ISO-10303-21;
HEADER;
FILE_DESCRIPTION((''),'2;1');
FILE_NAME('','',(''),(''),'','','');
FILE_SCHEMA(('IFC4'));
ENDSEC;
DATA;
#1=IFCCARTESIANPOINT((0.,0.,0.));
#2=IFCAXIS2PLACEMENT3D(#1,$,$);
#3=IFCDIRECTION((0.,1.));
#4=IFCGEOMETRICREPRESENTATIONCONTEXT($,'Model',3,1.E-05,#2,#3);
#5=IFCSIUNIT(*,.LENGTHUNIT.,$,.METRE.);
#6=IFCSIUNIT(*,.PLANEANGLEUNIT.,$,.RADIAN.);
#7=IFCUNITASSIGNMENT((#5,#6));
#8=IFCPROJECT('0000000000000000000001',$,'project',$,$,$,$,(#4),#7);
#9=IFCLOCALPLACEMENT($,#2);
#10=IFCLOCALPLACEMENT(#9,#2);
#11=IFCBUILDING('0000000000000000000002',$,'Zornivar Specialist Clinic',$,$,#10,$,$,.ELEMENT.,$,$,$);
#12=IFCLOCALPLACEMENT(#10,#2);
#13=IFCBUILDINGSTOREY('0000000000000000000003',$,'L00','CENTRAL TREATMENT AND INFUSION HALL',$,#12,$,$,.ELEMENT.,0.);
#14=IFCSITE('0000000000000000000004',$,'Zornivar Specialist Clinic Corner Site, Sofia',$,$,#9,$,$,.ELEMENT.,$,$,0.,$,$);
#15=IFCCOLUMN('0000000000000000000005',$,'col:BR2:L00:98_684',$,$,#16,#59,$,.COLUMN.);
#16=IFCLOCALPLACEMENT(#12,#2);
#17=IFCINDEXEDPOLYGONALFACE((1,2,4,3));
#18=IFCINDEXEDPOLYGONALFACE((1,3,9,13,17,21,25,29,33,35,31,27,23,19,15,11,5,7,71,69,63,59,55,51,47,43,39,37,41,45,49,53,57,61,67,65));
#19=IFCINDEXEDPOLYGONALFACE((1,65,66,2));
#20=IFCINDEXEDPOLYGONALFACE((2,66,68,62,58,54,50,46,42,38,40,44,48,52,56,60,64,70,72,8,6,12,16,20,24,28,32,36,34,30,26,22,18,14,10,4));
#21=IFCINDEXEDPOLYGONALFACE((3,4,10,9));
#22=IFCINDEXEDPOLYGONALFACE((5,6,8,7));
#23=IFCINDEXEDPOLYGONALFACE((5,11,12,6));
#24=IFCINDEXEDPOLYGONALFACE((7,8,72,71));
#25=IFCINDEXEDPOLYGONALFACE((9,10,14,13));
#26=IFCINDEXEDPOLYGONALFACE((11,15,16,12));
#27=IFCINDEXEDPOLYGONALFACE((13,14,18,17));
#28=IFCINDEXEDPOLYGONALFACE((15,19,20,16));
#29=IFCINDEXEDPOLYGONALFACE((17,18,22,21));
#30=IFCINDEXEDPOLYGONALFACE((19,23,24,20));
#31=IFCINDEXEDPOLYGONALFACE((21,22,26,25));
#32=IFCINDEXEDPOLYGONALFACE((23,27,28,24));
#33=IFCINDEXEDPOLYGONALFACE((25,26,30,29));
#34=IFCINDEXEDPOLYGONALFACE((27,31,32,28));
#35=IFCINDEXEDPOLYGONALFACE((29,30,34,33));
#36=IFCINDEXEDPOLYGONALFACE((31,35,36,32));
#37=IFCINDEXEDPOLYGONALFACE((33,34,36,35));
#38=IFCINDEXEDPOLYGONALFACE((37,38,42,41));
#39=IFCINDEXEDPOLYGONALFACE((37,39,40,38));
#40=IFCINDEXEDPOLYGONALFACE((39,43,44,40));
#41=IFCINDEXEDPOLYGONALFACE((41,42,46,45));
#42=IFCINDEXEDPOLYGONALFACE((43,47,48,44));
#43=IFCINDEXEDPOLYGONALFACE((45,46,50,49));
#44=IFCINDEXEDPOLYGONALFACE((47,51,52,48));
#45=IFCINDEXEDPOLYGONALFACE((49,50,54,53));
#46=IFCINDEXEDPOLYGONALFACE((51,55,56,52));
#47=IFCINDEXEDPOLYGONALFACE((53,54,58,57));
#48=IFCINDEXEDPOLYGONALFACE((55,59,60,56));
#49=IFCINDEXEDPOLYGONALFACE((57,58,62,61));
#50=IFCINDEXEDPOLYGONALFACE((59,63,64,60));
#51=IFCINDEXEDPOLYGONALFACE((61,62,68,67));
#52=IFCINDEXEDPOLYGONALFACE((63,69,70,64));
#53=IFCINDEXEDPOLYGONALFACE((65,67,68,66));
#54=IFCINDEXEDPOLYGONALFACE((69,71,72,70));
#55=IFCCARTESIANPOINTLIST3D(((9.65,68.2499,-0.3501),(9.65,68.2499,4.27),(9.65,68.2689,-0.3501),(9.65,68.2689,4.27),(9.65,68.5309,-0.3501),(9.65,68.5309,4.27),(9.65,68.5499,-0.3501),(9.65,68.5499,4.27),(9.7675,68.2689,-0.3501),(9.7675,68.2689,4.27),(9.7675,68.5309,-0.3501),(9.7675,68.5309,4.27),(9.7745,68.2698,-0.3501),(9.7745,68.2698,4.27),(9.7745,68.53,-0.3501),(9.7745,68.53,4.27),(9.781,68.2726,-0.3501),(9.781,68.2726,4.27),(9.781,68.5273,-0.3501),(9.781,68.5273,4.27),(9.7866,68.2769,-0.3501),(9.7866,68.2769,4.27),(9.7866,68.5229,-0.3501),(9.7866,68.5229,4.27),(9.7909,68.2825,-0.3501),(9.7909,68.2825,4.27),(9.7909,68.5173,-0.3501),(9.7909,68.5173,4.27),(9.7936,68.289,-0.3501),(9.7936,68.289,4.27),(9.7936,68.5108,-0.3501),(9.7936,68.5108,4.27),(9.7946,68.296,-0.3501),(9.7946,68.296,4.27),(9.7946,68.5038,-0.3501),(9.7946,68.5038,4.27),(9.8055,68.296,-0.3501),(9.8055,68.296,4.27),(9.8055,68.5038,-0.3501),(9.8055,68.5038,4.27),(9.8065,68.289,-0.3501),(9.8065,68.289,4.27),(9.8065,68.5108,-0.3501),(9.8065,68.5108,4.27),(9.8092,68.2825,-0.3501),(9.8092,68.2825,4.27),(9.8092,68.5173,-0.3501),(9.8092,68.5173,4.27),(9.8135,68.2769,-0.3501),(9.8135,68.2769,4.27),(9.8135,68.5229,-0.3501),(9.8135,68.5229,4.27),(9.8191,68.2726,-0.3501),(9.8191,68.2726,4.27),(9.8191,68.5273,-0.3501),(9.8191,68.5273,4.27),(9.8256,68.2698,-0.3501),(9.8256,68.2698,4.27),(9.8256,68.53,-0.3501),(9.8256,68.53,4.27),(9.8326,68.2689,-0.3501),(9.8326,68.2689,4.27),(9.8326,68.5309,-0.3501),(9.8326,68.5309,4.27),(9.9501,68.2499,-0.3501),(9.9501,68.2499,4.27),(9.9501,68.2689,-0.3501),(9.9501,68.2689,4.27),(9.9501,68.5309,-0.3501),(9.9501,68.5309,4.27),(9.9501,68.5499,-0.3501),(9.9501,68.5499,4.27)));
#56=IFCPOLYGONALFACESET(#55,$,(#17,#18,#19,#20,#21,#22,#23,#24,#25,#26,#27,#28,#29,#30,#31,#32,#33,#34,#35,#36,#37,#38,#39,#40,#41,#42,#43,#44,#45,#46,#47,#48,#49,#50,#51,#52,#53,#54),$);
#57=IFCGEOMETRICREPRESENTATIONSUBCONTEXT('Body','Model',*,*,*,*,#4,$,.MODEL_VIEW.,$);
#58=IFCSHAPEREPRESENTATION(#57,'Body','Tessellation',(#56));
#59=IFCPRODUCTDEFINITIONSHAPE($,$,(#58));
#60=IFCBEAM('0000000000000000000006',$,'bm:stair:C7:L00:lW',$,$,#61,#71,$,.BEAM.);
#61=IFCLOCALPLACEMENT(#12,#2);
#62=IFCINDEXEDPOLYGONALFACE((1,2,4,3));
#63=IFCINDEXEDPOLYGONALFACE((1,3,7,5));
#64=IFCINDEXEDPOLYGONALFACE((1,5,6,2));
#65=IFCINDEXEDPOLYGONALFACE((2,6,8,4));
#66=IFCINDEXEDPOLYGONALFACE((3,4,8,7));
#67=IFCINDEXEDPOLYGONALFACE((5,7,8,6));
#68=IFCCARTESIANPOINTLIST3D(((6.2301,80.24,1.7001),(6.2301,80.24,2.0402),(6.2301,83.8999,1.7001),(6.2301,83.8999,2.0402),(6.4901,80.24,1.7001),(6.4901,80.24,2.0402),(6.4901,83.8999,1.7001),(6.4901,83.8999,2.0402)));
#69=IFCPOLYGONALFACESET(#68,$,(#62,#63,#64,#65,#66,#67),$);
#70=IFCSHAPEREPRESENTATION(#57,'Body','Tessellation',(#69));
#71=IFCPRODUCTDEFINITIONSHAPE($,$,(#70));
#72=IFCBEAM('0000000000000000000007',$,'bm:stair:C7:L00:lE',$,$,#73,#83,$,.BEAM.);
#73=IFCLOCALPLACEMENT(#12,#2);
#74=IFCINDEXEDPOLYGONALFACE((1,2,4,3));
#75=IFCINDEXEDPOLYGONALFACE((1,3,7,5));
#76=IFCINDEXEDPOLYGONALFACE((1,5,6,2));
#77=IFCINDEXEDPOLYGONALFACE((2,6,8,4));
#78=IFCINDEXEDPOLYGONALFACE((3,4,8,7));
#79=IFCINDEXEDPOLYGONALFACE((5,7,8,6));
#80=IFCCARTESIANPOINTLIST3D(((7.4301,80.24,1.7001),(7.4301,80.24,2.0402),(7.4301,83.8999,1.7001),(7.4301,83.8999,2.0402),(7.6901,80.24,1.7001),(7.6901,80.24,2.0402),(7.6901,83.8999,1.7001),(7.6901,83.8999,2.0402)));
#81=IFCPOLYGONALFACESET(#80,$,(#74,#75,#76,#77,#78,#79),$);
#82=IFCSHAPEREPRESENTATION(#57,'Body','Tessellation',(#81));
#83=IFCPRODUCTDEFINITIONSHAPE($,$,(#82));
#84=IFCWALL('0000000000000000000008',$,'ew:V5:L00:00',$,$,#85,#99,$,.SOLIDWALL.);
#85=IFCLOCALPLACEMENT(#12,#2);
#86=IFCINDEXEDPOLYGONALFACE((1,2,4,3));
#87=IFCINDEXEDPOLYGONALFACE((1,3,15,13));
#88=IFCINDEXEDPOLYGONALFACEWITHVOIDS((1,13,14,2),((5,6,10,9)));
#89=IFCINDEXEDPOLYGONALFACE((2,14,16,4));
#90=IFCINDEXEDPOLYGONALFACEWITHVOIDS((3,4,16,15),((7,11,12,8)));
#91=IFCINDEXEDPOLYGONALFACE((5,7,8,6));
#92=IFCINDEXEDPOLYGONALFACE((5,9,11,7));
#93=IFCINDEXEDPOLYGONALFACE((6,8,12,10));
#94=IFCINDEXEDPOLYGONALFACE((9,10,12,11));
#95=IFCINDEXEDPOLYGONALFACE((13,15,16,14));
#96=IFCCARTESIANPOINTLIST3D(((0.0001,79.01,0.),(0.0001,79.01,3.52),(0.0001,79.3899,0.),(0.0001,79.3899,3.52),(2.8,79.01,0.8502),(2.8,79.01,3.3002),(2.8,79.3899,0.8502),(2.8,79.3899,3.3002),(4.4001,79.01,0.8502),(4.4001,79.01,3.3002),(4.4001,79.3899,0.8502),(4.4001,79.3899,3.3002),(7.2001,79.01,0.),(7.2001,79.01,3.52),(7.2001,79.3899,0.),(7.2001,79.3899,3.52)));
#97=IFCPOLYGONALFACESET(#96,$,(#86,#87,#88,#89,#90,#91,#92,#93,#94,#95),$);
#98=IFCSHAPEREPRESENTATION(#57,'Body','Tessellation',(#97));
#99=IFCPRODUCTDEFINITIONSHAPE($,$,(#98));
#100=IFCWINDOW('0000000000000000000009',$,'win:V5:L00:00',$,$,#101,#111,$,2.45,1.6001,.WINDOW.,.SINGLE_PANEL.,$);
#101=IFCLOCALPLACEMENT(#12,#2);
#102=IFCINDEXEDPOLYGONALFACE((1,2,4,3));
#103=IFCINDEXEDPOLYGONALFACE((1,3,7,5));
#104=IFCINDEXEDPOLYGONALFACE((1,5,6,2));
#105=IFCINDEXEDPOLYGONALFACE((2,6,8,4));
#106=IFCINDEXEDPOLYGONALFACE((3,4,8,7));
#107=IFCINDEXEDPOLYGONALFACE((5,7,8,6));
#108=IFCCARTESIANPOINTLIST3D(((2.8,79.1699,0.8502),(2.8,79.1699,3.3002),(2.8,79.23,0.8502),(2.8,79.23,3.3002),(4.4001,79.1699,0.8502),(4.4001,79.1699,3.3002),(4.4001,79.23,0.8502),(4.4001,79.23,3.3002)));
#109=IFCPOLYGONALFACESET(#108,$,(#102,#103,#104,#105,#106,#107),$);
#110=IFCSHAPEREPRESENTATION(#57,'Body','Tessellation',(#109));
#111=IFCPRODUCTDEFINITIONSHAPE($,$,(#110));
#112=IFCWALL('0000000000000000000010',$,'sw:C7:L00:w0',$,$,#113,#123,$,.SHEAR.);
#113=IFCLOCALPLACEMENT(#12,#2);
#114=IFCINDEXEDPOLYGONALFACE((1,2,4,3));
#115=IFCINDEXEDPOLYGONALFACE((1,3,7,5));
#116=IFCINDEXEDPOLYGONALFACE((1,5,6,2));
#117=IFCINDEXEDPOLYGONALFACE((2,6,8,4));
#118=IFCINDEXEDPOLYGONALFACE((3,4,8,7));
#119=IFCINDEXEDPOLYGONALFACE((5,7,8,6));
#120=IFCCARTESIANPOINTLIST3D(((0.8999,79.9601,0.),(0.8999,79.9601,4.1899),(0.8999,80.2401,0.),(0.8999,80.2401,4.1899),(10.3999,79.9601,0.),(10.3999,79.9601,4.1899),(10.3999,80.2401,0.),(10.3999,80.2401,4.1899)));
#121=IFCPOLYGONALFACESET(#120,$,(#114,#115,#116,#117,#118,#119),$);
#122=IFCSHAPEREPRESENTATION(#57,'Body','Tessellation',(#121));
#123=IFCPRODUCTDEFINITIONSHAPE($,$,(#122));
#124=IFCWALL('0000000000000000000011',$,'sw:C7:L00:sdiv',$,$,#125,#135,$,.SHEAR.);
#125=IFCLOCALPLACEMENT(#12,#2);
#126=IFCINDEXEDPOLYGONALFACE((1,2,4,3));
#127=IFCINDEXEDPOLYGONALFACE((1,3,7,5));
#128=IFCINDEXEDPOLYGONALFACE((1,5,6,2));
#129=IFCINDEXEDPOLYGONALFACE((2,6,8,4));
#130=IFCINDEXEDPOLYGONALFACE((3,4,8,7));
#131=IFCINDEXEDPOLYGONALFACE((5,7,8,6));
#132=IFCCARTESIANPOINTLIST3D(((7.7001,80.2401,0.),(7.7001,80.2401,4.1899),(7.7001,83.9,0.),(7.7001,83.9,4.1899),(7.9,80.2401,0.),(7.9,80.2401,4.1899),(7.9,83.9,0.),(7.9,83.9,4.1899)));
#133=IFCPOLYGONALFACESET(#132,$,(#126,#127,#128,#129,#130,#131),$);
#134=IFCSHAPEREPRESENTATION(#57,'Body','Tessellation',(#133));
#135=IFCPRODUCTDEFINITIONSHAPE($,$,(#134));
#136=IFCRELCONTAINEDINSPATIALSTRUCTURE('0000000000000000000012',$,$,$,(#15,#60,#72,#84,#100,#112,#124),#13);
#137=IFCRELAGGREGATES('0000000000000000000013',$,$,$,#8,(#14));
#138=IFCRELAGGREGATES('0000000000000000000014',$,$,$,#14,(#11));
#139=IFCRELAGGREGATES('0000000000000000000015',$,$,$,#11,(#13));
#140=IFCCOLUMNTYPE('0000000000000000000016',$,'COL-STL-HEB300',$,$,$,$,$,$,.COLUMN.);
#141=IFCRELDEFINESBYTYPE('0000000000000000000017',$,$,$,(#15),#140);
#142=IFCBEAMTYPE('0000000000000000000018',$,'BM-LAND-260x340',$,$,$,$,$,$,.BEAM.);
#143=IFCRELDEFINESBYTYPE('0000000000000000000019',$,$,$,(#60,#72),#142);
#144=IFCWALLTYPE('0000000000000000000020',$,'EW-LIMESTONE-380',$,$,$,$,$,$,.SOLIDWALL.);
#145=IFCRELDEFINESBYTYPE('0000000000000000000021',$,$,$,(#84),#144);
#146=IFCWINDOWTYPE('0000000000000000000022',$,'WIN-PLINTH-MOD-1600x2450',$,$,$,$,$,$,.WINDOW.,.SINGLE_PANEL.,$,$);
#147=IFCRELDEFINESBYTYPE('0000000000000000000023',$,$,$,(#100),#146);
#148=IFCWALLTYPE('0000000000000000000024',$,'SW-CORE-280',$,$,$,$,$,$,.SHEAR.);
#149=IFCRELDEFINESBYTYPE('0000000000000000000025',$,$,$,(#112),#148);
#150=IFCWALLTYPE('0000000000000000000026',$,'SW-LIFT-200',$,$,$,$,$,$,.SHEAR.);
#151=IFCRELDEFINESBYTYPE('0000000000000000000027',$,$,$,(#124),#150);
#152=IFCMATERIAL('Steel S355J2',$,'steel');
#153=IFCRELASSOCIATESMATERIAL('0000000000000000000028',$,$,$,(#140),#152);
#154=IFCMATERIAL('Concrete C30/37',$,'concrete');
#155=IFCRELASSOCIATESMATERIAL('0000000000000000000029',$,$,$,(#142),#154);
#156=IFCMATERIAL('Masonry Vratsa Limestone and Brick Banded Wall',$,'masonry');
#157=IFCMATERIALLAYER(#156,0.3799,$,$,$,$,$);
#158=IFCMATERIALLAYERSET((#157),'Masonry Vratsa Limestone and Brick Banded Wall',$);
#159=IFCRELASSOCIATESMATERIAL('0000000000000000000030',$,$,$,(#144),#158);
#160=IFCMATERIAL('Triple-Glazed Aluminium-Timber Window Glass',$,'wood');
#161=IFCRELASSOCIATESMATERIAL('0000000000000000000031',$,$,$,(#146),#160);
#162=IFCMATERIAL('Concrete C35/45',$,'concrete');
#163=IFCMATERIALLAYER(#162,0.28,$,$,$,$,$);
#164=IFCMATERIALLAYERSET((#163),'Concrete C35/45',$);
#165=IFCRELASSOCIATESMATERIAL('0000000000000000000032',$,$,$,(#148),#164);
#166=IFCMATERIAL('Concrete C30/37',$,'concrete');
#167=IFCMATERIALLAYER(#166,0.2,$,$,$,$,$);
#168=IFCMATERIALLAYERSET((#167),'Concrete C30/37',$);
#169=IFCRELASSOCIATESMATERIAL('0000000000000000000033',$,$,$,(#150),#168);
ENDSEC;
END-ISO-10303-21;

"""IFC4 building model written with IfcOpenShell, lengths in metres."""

from ifc_helpers import new_model, si_unit, direction, frame, frame_2d, origin, origin_2d, place, context, subcontext, project, spatial, rectangle, i_section, extrude, material, layer, layer_set, material_profile, profile_set, type_object, element, fill, save


model = new_model("IFC4")

# Units and contexts
model_context = context("Model", 3, precision=1e-05, world=origin(), true_north=direction((0.0, 1.0)))
body_context = subcontext(model_context, "Body", "Model", "MODEL_VIEW")
ifc_project = project(units=[si_unit("LENGTHUNIT", "METRE"), si_unit("PLANEANGLEUNIT", "RADIAN")], contexts=[model_context])

# Site, building, storey
site_placement = place(None, origin())
site = spatial("IfcSite", under=ifc_project, at=site_placement, Name="Zornivar Specialist Clinic Corner Site, Sofia", CompositionType="ELEMENT", RefElevation=0.0)
building_placement = place(site_placement, origin())
building = spatial("IfcBuilding", under=site, at=building_placement, Name="Zornivar Specialist Clinic", CompositionType="ELEMENT")
storey_placement = place(building_placement, origin())
storey = spatial("IfcBuildingStorey", under=building, at=storey_placement, Name="L00", Description="CENTRAL TREATMENT AND INFUSION HALL", CompositionType="ELEMENT", Elevation=0.0)

# Column
ifc_material_1 = material(Name="Steel S355J2", Category="steel")
ifc_material_profile_1 = material_profile(ifc_material_1, i_section(OverallWidth=0.3, OverallDepth=0.3, WebThickness=0.011, FlangeThickness=0.019, FilletRadius=0.0271, at=origin_2d()), Name="HEB 300")
ifc_profile_set_1 = profile_set([ifc_material_profile_1], Name="Steel S355J2")
column_type_1 = type_object("IfcColumnType", Name="COL-STL-HEB300", PredefinedType="COLUMN", material=ifc_profile_set_1)
for number, where, z_axis, x_axis, name in (
    (1, (9.8, 68.3999, -0.3501), (0.0, 0.0, 1.0), (1.0, 0.0, 0.0), "col:BR2:L00:98_684"),
):
    element("IfcColumn", number, at=place(storey_placement, frame(where, z_axis=z_axis, x_axis=x_axis)), inside=storey, type_object=column_type_1, Name=name, PredefinedType="COLUMN", context=body_context, shape_type="SweptSolid", body=[
        extrude(i_section(OverallWidth=0.3, OverallDepth=0.3, WebThickness=0.011, FlangeThickness=0.019, FilletRadius=0.0271, at=origin_2d()), origin(), (0.0, 0.0, 1.0), 4.6201),
    ])

# Beams
ifc_material_2 = material(Name="Concrete C30/37", Category="concrete")
ifc_material_profile_2 = material_profile(ifc_material_2, rectangle(XDim=0.26, YDim=0.3401, at=origin_2d()), Name="RC 260x340")
ifc_profile_set_2 = profile_set([ifc_material_profile_2], Name="Concrete C30/37")
beam_type = type_object("IfcBeamType", Name="BM-LAND-260x340", PredefinedType="BEAM", material=ifc_profile_set_2)
for number, where, z_axis, x_axis, name in (
    (2, (6.3601, 80.24, 1.8701), (0.0, 1.0, 0.0), (-1.0, 0.0, 0.0), "bm:stair:C7:L00:lW"),
    (3, (7.5601, 80.24, 1.8701), (0.0, 1.0, 0.0), (-1.0, 0.0, 0.0), "bm:stair:C7:L00:lE"),
):
    element("IfcBeam", number, at=place(storey_placement, frame(where, z_axis=z_axis, x_axis=x_axis)), inside=storey, type_object=beam_type, Name=name, PredefinedType="BEAM", context=body_context, shape_type="SweptSolid", body=[
        extrude(rectangle(XDim=0.26, YDim=0.3401, at=origin_2d()), origin(), (0.0, 0.0, 1.0), 3.6599),
    ])

# Wall, opening, window
ifc_material_3 = material(Name="Masonry Vratsa Limestone and Brick Banded Wall", Category="masonry")
ifc_layer_1 = layer(ifc_material_3, 0.3799)
ifc_layer_set_1 = layer_set([ifc_layer_1], Name="Masonry Vratsa Limestone and Brick Banded Wall")
wall_type_1 = type_object("IfcWallType", Name="EW-LIMESTONE-380", PredefinedType="SOLIDWALL", material=ifc_layer_set_1)
wall_1_placement = place(storey_placement, frame((0.0, 79.2, 0.0), z_axis=(0.0, 0.0, 1.0), x_axis=(1.0, 0.0, 0.0)))
wall_1 = element("IfcWall", 4, at=wall_1_placement, inside=storey, type_object=wall_type_1, Name="ew:V5:L00:00", PredefinedType="SOLIDWALL", context=body_context, shape_type="SweptSolid", body=[
    extrude(rectangle(XDim=7.2, YDim=0.3799, at=frame_2d((3.6001, 0.0))), origin(), (0.0, 0.0, 1.0), 3.52),
])
opening_1_placement = place(wall_1_placement, frame((2.8, 0.0, 0.8501)))
opening_1 = element("IfcOpeningElement", 5, at=opening_1_placement, cuts=wall_1, PredefinedType="OPENING", context=body_context, shape_type="SweptSolid", body=[
    extrude(rectangle(XDim=1.6001, YDim=2.45, at=frame_2d((0.8, 1.2251))), frame((0.0, 0.2, 0.0), z_axis=(0.0, -1.0, 0.0), x_axis=(1.0, 0.0, 0.0)), (0.0, 0.0, 1.0), 0.3999),
])
ifc_material_4 = material(Name="Triple-Glazed Aluminium-Timber Window Glass", Category="wood")
window_type = type_object("IfcWindowType", Name="WIN-PLINTH-MOD-1600x2450", PartitioningType="SINGLE_PANEL", PredefinedType="WINDOW", material=ifc_material_4)
window_placement = place(opening_1_placement, origin())
window = element("IfcWindow", 6, at=window_placement, inside=storey, type_object=window_type, Name="win:V5:L00:00", OverallHeight=2.45, OverallWidth=1.6001, PartitioningType="SINGLE_PANEL", PredefinedType="WINDOW", context=body_context, shape_type="SweptSolid", body=[
    extrude(rectangle(XDim=1.6001, YDim=2.45, at=frame_2d((0.8, 1.2251))), frame((0.0, 0.03, 0.0), z_axis=(0.0, -1.0, 0.0), x_axis=(1.0, 0.0, 0.0)), (0.0, 0.0, 1.0), 0.0601),
])
fill(opening_1, window)

# Walls
ifc_material_5 = material(Name="Concrete C35/45", Category="concrete")
ifc_layer_2 = layer(ifc_material_5, 0.28)
ifc_layer_set_2 = layer_set([ifc_layer_2], Name="Concrete C35/45")
wall_type_2 = type_object("IfcWallType", Name="SW-CORE-280", PredefinedType="SHEAR", material=ifc_layer_set_2)
wall_2_placement = place(storey_placement, frame((0.8999, 80.1001, 0.0), z_axis=(0.0, 0.0, 1.0), x_axis=(1.0, 0.0, 0.0)))
element("IfcWall", 7, at=wall_2_placement, inside=storey, type_object=wall_type_2, Name="sw:C7:L00:w0", PredefinedType="SHEAR", context=body_context, shape_type="SweptSolid", body=[
    extrude(rectangle(XDim=9.5, YDim=0.28, at=frame_2d((4.75, 0.0))), origin(), (0.0, 0.0, 1.0), 4.1899),
])
ifc_material_6 = material(Name="Concrete C30/37", Category="concrete")
ifc_layer_3 = layer(ifc_material_6, 0.2)
ifc_layer_set_3 = layer_set([ifc_layer_3], Name="Concrete C30/37")
wall_type_3 = type_object("IfcWallType", Name="SW-LIFT-200", PredefinedType="SHEAR", material=ifc_layer_set_3)
wall_3_placement = place(storey_placement, frame((7.8, 80.24, 0.0), z_axis=(0.0, 0.0, 1.0), x_axis=(0.0, 1.0, 0.0)))
element("IfcWall", 8, at=wall_3_placement, inside=storey, type_object=wall_type_3, Name="sw:C7:L00:sdiv", PredefinedType="SHEAR", context=body_context, shape_type="SweptSolid", body=[
    extrude(rectangle(XDim=3.6599, YDim=0.2, at=frame_2d((1.8301, 0.0))), origin(), (0.0, 0.0, 1.0), 4.1899),
])

save(model, "model.ifc")
